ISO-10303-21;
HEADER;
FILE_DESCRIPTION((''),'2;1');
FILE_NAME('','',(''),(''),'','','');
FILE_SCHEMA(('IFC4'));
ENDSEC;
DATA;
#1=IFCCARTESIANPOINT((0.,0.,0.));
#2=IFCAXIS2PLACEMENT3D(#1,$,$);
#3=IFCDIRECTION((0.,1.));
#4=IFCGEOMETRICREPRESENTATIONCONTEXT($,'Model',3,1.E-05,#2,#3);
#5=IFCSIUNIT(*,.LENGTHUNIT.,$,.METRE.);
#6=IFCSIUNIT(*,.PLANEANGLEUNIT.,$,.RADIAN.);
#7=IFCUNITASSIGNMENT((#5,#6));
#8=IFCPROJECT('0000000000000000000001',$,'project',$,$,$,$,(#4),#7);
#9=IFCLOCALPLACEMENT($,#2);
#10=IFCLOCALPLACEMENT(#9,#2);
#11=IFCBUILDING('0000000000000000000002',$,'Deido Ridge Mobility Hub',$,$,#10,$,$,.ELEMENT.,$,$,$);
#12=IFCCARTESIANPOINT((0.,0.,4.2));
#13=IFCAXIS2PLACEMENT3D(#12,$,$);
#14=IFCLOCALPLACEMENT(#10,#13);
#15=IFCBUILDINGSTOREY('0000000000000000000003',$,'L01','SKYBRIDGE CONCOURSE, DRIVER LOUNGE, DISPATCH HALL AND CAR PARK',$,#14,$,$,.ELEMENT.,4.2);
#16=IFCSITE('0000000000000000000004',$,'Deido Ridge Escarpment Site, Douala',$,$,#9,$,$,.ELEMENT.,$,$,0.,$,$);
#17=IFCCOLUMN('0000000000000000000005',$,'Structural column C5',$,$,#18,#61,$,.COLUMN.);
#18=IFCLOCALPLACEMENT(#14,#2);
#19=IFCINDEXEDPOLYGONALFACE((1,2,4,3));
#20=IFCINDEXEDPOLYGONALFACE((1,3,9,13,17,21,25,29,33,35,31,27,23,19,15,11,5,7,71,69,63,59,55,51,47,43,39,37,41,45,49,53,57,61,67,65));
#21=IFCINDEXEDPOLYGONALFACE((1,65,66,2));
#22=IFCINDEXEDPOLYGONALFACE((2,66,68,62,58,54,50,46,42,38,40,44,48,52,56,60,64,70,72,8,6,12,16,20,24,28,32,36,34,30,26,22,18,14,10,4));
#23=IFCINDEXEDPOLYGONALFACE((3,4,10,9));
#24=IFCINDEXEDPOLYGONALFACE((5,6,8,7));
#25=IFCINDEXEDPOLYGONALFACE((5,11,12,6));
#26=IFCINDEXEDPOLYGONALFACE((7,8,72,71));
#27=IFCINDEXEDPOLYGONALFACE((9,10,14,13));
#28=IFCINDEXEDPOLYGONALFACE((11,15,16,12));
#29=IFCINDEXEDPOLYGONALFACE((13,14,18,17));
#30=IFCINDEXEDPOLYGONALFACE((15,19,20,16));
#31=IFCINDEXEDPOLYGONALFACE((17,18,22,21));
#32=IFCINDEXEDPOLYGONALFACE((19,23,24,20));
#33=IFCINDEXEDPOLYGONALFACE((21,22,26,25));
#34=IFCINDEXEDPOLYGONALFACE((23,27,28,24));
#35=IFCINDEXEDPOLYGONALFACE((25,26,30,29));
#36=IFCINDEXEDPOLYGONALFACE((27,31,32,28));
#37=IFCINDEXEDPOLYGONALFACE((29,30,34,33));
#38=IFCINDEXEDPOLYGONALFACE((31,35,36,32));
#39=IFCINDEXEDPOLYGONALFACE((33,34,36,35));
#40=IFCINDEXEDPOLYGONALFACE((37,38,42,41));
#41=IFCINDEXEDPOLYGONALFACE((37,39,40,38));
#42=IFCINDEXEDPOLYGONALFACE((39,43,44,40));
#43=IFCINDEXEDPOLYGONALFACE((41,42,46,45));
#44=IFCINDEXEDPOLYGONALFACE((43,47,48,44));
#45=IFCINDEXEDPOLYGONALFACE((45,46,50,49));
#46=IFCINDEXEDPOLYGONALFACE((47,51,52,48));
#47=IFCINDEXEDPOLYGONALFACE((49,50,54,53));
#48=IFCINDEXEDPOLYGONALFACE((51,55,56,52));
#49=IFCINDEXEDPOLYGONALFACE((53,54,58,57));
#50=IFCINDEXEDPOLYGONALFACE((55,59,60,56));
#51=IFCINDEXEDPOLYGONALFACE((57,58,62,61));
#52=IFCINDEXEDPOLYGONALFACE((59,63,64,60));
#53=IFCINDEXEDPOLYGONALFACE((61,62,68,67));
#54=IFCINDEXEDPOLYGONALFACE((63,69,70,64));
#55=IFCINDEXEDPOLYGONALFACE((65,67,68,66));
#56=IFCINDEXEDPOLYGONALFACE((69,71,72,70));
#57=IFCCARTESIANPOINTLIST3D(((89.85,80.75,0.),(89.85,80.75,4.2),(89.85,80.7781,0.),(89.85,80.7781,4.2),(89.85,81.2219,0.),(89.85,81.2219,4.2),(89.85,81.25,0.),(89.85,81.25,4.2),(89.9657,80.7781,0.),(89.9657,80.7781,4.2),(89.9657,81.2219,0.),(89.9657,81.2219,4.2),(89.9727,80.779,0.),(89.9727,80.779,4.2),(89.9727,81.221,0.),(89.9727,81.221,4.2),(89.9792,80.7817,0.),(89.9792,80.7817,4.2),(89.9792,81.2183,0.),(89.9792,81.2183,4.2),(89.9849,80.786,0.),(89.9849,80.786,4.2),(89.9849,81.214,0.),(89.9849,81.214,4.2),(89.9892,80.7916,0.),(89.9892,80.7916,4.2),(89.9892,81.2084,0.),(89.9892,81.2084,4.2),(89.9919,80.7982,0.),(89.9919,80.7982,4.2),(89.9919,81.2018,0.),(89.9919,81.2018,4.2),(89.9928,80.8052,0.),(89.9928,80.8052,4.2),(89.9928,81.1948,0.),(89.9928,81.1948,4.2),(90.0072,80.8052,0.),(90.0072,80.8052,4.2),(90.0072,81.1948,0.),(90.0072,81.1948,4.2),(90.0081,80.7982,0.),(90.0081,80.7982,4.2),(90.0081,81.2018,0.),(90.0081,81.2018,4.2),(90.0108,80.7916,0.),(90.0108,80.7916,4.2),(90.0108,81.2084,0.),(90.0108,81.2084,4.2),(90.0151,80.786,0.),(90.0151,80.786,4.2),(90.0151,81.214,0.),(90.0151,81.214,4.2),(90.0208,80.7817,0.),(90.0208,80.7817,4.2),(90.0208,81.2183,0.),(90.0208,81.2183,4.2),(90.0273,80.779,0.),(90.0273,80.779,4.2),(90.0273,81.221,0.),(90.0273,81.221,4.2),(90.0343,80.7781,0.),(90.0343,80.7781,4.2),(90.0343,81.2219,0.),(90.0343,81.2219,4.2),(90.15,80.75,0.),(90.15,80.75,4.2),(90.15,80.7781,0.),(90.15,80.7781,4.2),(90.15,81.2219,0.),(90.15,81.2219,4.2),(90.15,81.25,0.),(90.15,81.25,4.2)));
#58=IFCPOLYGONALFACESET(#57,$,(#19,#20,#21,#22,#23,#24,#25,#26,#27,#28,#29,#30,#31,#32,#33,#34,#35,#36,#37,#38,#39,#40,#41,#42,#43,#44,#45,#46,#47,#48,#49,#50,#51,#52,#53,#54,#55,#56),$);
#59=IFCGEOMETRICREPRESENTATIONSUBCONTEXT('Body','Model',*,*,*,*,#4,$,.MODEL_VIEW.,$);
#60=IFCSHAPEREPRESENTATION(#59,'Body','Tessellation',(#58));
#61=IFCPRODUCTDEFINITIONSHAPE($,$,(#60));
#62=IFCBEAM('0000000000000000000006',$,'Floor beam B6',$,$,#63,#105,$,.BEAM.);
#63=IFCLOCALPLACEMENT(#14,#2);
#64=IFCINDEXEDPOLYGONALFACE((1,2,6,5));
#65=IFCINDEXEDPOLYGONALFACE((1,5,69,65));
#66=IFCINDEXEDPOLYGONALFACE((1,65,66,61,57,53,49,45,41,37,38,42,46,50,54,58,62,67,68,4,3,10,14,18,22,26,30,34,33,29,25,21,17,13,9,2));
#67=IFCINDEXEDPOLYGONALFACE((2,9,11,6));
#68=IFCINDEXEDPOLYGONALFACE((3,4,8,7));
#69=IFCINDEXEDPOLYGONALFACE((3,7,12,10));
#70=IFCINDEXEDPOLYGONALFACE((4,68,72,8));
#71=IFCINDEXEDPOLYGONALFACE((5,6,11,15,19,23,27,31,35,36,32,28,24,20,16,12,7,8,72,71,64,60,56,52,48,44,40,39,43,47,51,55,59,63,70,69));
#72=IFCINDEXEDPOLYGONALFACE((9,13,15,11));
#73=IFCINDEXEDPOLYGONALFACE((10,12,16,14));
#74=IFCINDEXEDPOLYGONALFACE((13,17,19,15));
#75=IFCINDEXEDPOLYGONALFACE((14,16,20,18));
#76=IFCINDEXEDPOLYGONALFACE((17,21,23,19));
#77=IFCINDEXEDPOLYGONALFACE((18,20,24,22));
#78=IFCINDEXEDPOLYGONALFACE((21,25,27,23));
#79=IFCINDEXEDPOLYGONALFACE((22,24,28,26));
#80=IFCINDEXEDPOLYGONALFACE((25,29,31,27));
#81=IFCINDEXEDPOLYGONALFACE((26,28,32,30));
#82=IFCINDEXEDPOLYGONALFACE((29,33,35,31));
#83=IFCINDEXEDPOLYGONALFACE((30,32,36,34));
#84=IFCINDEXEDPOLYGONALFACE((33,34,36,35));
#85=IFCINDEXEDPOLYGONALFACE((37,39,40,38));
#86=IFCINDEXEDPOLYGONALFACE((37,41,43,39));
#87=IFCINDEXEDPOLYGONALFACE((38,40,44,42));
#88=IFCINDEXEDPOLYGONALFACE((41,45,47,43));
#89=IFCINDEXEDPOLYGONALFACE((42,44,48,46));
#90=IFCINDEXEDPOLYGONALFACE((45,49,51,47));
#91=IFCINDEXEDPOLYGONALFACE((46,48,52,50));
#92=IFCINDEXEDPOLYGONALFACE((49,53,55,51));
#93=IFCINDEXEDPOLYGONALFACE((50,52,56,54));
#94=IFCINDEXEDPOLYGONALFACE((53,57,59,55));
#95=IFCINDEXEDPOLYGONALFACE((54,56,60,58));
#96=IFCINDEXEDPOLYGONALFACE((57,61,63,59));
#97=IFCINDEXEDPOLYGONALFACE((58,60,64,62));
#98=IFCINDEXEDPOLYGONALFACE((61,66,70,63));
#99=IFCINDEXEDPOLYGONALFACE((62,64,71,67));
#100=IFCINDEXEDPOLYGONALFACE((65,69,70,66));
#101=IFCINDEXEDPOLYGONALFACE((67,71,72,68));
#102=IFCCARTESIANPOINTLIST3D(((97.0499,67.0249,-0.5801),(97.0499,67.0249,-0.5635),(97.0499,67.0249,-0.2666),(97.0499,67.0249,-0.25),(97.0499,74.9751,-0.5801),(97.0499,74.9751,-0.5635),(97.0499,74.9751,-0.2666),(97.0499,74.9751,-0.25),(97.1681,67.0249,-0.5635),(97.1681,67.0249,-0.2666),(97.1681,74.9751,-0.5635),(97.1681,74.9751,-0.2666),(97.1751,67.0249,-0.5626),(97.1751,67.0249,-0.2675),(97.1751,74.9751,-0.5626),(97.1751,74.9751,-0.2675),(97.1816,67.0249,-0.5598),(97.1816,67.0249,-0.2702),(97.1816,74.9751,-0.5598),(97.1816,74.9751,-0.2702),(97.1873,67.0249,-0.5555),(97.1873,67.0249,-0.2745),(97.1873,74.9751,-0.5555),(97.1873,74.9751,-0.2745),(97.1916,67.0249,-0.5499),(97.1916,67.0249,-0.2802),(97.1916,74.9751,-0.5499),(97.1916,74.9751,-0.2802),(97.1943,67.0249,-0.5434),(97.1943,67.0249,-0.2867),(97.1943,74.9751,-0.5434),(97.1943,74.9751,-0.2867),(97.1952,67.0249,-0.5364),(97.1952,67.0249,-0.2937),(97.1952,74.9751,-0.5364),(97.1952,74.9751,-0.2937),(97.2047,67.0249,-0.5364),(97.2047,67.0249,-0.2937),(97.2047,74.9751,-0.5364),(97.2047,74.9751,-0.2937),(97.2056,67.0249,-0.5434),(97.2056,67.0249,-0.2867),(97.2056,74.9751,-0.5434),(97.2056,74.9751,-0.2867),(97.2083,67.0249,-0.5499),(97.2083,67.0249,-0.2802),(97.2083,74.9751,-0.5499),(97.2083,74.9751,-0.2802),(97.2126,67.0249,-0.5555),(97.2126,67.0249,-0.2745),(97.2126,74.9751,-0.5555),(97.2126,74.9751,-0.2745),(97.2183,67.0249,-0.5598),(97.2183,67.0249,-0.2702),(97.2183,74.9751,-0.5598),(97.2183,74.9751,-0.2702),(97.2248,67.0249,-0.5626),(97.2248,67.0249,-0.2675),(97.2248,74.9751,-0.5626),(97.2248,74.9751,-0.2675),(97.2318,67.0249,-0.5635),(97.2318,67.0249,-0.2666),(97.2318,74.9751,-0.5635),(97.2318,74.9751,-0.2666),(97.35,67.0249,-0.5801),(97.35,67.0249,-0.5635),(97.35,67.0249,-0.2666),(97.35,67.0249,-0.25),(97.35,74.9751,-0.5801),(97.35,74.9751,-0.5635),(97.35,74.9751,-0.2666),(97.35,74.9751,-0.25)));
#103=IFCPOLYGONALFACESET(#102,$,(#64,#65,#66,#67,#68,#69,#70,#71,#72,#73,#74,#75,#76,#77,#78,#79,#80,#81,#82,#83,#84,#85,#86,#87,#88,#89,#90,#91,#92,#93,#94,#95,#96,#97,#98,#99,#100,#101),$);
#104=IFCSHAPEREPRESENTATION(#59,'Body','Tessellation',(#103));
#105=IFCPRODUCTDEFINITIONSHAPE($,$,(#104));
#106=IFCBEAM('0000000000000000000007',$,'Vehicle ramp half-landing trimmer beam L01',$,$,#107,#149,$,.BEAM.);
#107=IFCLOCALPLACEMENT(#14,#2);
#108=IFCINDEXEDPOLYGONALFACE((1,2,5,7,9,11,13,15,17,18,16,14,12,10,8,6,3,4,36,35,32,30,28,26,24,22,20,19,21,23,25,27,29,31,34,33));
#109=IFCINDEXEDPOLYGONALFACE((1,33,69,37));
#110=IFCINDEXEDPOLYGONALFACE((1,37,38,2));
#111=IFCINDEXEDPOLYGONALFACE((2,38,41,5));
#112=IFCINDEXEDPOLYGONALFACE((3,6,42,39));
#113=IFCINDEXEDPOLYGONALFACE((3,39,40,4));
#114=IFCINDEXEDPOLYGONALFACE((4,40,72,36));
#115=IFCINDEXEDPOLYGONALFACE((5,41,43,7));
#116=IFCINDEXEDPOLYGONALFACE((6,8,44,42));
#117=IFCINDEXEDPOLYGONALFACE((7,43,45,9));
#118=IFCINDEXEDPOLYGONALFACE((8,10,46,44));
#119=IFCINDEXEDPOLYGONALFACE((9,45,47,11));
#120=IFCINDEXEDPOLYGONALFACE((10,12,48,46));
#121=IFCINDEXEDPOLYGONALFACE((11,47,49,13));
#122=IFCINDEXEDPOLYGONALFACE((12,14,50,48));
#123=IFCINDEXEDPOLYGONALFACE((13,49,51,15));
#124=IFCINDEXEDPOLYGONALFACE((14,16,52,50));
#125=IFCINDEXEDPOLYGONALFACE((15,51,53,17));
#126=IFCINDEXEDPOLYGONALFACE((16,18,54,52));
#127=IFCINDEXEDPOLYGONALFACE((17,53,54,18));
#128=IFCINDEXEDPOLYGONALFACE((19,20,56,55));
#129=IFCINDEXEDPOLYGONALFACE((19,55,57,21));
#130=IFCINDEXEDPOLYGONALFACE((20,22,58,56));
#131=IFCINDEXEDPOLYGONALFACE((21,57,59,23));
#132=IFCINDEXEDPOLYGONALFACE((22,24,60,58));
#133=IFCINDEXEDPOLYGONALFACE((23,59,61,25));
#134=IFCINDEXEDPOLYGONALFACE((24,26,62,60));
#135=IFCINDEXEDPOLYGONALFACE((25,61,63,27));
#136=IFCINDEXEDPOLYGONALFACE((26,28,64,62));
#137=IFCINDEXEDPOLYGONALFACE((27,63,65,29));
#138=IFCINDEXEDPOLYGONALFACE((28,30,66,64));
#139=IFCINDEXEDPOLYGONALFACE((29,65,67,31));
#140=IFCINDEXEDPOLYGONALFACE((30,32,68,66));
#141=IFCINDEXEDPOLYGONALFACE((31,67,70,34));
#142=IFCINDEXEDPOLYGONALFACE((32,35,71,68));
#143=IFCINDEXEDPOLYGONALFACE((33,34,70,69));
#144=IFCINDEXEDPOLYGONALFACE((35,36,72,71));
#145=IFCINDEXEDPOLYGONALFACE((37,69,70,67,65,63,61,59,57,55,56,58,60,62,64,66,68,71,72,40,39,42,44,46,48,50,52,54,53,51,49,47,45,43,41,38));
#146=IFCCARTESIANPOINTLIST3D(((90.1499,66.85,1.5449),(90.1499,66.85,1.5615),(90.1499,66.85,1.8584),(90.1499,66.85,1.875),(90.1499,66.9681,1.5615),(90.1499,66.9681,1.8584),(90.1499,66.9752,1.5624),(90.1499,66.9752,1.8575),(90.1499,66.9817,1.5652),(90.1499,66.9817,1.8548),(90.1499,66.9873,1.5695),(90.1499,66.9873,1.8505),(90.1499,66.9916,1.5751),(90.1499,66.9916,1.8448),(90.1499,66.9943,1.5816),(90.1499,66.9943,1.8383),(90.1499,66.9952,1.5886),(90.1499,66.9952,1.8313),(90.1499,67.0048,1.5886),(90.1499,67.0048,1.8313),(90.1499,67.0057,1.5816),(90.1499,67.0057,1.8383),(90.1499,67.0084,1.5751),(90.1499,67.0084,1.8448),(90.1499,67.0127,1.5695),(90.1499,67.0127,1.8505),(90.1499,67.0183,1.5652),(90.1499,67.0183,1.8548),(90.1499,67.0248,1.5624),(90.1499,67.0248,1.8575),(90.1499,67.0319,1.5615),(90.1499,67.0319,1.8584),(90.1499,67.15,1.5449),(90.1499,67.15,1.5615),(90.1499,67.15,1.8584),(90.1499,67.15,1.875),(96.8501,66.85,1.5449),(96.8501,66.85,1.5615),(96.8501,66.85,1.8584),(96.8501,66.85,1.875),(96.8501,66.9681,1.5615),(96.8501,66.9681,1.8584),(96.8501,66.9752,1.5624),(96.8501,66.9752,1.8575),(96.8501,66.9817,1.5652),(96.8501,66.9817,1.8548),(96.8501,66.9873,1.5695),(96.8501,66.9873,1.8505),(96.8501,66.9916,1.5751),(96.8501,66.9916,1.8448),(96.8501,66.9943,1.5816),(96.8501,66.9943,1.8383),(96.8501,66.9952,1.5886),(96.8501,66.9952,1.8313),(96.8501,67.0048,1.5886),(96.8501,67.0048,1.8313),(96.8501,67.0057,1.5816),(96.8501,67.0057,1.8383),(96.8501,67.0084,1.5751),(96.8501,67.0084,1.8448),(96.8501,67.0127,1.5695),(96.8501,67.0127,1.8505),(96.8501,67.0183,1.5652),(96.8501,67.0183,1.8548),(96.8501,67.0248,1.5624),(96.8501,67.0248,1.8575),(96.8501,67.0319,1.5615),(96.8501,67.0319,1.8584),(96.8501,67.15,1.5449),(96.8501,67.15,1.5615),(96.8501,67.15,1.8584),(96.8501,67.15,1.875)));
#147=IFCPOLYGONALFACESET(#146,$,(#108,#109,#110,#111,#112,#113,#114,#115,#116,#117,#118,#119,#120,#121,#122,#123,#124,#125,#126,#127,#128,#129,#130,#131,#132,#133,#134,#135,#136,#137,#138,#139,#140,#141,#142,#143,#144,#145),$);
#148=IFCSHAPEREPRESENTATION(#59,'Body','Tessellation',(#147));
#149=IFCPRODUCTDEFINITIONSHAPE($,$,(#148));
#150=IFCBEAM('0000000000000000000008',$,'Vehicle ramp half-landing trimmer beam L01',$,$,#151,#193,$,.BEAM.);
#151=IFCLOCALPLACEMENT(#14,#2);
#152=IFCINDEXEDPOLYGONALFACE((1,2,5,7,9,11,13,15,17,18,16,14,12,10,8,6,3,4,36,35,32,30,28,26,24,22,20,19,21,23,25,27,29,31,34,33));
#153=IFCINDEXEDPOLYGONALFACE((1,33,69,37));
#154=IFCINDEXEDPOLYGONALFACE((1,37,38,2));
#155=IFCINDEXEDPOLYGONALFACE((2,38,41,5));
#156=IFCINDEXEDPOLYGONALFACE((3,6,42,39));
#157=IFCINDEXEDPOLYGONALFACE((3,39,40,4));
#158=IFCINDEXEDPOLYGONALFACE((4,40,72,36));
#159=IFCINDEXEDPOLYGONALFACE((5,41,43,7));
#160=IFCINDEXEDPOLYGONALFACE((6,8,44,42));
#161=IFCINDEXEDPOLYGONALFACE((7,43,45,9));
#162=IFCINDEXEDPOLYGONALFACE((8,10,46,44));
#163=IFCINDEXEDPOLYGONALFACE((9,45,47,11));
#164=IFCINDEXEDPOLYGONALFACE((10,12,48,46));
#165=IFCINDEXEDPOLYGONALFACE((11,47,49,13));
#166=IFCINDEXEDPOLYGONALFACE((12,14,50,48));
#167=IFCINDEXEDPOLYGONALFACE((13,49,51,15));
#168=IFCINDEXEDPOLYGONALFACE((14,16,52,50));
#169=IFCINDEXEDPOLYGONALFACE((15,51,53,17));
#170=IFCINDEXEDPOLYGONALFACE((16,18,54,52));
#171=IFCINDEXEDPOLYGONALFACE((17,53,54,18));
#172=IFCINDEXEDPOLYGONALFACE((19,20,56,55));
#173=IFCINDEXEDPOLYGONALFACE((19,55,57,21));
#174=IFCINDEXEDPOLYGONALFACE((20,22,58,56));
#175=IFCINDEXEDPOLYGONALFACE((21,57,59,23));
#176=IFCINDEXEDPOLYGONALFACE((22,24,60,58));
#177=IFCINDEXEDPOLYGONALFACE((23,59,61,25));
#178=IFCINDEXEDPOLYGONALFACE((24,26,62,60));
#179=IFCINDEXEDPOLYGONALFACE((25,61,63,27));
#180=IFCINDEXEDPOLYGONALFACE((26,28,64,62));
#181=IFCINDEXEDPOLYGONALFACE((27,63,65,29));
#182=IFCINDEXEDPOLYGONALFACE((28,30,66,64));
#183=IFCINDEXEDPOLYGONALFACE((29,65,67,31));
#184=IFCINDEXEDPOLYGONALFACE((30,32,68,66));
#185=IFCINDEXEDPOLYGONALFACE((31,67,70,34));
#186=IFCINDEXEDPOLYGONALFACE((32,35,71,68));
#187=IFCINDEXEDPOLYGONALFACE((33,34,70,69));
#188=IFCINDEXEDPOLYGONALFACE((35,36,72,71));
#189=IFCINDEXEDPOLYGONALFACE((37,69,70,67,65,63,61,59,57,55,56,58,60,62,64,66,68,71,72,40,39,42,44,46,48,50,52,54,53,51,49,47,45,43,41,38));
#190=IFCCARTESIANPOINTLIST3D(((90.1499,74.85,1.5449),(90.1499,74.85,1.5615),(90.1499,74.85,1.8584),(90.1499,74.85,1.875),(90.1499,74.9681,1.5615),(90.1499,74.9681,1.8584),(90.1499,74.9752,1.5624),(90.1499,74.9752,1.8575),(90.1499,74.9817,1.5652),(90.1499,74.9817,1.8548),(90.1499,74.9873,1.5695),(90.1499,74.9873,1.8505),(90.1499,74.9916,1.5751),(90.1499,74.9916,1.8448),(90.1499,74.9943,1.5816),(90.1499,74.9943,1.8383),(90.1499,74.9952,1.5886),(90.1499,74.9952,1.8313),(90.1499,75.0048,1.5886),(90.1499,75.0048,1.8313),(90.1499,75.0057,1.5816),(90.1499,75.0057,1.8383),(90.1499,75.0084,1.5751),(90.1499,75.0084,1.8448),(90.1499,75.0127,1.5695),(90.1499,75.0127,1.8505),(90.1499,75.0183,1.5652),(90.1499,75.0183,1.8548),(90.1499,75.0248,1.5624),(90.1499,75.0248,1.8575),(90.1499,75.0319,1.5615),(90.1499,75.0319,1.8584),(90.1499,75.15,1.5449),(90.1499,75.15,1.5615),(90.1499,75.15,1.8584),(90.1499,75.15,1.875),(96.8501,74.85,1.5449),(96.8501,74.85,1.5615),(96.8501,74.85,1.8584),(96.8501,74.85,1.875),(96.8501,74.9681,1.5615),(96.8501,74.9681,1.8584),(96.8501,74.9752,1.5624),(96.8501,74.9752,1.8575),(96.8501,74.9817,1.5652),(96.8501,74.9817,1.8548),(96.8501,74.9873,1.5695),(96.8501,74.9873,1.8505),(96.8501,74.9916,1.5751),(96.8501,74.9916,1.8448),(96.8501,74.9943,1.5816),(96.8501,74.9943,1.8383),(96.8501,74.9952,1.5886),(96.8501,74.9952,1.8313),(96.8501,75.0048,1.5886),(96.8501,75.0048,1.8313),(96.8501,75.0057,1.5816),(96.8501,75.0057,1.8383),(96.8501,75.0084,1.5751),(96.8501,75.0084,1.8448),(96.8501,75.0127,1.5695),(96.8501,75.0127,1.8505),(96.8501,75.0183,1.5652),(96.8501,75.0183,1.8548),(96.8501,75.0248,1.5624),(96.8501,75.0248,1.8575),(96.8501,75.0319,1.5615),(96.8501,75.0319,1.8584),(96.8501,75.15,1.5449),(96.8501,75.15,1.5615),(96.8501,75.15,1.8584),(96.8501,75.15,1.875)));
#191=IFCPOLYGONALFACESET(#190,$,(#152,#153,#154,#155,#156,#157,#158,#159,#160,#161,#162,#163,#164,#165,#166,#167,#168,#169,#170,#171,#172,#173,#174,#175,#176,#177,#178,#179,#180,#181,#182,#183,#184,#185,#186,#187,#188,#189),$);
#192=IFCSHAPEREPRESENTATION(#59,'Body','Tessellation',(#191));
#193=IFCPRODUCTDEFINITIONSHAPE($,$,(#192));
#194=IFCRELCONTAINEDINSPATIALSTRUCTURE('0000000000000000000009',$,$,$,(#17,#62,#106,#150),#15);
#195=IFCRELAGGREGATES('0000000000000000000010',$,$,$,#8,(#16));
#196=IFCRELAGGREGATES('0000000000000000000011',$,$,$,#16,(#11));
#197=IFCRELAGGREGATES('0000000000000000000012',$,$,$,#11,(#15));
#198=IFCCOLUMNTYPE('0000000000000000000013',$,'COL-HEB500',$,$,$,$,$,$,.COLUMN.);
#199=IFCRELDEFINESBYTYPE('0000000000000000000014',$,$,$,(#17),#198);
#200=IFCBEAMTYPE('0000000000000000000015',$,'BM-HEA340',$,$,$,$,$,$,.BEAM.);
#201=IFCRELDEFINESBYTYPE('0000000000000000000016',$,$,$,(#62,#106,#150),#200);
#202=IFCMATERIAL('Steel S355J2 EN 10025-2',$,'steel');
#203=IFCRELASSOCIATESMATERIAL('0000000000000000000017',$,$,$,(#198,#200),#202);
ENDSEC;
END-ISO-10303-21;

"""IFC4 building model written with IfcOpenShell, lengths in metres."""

from ifc_helpers import new_model, si_unit, direction, frame, origin, origin_2d, place, context, subcontext, project, spatial, i_section, extrude, material, material_profile, profile_set, type_object, element, save


model = new_model("IFC4")

# Units and contexts
model_context = context("Model", 3, precision=1e-05, world=origin(), true_north=direction((0.0, 1.0)))
body_context = subcontext(model_context, "Body", "Model", "MODEL_VIEW")
ifc_project = project(units=[si_unit("LENGTHUNIT", "METRE"), si_unit("PLANEANGLEUNIT", "RADIAN")], contexts=[model_context])

# Site, building, storey
site_placement = place(None, origin())
site = spatial("IfcSite", under=ifc_project, at=site_placement, Name="Deido Ridge Escarpment Site, Douala", CompositionType="ELEMENT", RefElevation=0.0)
building_placement = place(site_placement, origin())
building = spatial("IfcBuilding", under=site, at=building_placement, Name="Deido Ridge Mobility Hub", CompositionType="ELEMENT")
storey_placement = place(building_placement, frame((0.0, 0.0, 4.2)))
storey = spatial("IfcBuildingStorey", under=building, at=storey_placement, Name="L01", Description="SKYBRIDGE CONCOURSE, DRIVER LOUNGE, DISPATCH HALL AND CAR PARK", CompositionType="ELEMENT", Elevation=4.2)

# Column
ifc_material_1 = material(Name="Steel S355J2 EN 10025-2", Category="steel")
ifc_material_profile_1 = material_profile(ifc_material_1, i_section(OverallWidth=0.3, OverallDepth=0.5, WebThickness=0.0144, FlangeThickness=0.0281, FilletRadius=0.0271, at=origin_2d()), Name="HEB 500")
ifc_profile_set_1 = profile_set([ifc_material_profile_1], Name="Steel S355J2 EN 10025-2")
column_type_1 = type_object("IfcColumnType", Name="COL-HEB500", PredefinedType="COLUMN", material=ifc_profile_set_1)
for number, where, z_axis, x_axis, name in (
    (1, (90.0, 81.0, 0.0), (0.0, 0.0, 1.0), (1.0, 0.0, 0.0), "Structural column C5"),
):
    element("IfcColumn", number, at=place(storey_placement, frame(where, z_axis=z_axis, x_axis=x_axis)), inside=storey, type_object=column_type_1, Name=name, PredefinedType="COLUMN", context=body_context, shape_type="SweptSolid", body=[
        extrude(i_section(OverallWidth=0.3, OverallDepth=0.5, WebThickness=0.0144, FlangeThickness=0.0281, FilletRadius=0.0271, at=origin_2d()), origin(), (0.0, 0.0, 1.0), 4.2),
    ])

# Beams
ifc_material_profile_2 = material_profile(ifc_material_1, i_section(OverallWidth=0.3, OverallDepth=0.3301, WebThickness=0.0095, FlangeThickness=0.0166, FilletRadius=0.0271, at=origin_2d()), Name="HEA 340")
ifc_profile_set_2 = profile_set([ifc_material_profile_2], Name="Steel S355J2 EN 10025-2")
beam_type_1 = type_object("IfcBeamType", Name="BM-HEA340", PredefinedType="BEAM", material=ifc_profile_set_2)
beam_1_placement = place(storey_placement, frame((97.2, 67.0249, -0.415), z_axis=(0.0, 1.0, 0.0), x_axis=(-1.0, 0.0, 0.0)))
element("IfcBeam", 2, at=beam_1_placement, inside=storey, type_object=beam_type_1, Name="Floor beam B6", PredefinedType="BEAM", context=body_context, shape_type="SweptSolid", body=[
    extrude(i_section(OverallWidth=0.3, OverallDepth=0.3301, WebThickness=0.0095, FlangeThickness=0.0166, FilletRadius=0.0271, at=origin_2d()), origin(), (0.0, 0.0, 1.0), 7.9502),
])
for number, where, z_axis, x_axis, name in (
    (3, (90.1499, 67.0, 1.71), (1.0, 0.0, 0.0), (0.0, 1.0, 0.0), "Vehicle ramp half-landing trimmer beam L01"),
    (4, (90.1499, 75.0, 1.71), (1.0, 0.0, 0.0), (0.0, 1.0, 0.0), "Vehicle ramp half-landing trimmer beam L01"),
):
    element("IfcBeam", number, at=place(storey_placement, frame(where, z_axis=z_axis, x_axis=x_axis)), inside=storey, type_object=beam_type_1, Name=name, PredefinedType="BEAM", context=body_context, shape_type="SweptSolid", body=[
        extrude(i_section(OverallWidth=0.3, OverallDepth=0.3301, WebThickness=0.0095, FlangeThickness=0.0166, FilletRadius=0.0271, at=origin_2d()), origin(), (0.0, 0.0, 1.0), 6.7002),
    ])

save(model, "model.ifc")
